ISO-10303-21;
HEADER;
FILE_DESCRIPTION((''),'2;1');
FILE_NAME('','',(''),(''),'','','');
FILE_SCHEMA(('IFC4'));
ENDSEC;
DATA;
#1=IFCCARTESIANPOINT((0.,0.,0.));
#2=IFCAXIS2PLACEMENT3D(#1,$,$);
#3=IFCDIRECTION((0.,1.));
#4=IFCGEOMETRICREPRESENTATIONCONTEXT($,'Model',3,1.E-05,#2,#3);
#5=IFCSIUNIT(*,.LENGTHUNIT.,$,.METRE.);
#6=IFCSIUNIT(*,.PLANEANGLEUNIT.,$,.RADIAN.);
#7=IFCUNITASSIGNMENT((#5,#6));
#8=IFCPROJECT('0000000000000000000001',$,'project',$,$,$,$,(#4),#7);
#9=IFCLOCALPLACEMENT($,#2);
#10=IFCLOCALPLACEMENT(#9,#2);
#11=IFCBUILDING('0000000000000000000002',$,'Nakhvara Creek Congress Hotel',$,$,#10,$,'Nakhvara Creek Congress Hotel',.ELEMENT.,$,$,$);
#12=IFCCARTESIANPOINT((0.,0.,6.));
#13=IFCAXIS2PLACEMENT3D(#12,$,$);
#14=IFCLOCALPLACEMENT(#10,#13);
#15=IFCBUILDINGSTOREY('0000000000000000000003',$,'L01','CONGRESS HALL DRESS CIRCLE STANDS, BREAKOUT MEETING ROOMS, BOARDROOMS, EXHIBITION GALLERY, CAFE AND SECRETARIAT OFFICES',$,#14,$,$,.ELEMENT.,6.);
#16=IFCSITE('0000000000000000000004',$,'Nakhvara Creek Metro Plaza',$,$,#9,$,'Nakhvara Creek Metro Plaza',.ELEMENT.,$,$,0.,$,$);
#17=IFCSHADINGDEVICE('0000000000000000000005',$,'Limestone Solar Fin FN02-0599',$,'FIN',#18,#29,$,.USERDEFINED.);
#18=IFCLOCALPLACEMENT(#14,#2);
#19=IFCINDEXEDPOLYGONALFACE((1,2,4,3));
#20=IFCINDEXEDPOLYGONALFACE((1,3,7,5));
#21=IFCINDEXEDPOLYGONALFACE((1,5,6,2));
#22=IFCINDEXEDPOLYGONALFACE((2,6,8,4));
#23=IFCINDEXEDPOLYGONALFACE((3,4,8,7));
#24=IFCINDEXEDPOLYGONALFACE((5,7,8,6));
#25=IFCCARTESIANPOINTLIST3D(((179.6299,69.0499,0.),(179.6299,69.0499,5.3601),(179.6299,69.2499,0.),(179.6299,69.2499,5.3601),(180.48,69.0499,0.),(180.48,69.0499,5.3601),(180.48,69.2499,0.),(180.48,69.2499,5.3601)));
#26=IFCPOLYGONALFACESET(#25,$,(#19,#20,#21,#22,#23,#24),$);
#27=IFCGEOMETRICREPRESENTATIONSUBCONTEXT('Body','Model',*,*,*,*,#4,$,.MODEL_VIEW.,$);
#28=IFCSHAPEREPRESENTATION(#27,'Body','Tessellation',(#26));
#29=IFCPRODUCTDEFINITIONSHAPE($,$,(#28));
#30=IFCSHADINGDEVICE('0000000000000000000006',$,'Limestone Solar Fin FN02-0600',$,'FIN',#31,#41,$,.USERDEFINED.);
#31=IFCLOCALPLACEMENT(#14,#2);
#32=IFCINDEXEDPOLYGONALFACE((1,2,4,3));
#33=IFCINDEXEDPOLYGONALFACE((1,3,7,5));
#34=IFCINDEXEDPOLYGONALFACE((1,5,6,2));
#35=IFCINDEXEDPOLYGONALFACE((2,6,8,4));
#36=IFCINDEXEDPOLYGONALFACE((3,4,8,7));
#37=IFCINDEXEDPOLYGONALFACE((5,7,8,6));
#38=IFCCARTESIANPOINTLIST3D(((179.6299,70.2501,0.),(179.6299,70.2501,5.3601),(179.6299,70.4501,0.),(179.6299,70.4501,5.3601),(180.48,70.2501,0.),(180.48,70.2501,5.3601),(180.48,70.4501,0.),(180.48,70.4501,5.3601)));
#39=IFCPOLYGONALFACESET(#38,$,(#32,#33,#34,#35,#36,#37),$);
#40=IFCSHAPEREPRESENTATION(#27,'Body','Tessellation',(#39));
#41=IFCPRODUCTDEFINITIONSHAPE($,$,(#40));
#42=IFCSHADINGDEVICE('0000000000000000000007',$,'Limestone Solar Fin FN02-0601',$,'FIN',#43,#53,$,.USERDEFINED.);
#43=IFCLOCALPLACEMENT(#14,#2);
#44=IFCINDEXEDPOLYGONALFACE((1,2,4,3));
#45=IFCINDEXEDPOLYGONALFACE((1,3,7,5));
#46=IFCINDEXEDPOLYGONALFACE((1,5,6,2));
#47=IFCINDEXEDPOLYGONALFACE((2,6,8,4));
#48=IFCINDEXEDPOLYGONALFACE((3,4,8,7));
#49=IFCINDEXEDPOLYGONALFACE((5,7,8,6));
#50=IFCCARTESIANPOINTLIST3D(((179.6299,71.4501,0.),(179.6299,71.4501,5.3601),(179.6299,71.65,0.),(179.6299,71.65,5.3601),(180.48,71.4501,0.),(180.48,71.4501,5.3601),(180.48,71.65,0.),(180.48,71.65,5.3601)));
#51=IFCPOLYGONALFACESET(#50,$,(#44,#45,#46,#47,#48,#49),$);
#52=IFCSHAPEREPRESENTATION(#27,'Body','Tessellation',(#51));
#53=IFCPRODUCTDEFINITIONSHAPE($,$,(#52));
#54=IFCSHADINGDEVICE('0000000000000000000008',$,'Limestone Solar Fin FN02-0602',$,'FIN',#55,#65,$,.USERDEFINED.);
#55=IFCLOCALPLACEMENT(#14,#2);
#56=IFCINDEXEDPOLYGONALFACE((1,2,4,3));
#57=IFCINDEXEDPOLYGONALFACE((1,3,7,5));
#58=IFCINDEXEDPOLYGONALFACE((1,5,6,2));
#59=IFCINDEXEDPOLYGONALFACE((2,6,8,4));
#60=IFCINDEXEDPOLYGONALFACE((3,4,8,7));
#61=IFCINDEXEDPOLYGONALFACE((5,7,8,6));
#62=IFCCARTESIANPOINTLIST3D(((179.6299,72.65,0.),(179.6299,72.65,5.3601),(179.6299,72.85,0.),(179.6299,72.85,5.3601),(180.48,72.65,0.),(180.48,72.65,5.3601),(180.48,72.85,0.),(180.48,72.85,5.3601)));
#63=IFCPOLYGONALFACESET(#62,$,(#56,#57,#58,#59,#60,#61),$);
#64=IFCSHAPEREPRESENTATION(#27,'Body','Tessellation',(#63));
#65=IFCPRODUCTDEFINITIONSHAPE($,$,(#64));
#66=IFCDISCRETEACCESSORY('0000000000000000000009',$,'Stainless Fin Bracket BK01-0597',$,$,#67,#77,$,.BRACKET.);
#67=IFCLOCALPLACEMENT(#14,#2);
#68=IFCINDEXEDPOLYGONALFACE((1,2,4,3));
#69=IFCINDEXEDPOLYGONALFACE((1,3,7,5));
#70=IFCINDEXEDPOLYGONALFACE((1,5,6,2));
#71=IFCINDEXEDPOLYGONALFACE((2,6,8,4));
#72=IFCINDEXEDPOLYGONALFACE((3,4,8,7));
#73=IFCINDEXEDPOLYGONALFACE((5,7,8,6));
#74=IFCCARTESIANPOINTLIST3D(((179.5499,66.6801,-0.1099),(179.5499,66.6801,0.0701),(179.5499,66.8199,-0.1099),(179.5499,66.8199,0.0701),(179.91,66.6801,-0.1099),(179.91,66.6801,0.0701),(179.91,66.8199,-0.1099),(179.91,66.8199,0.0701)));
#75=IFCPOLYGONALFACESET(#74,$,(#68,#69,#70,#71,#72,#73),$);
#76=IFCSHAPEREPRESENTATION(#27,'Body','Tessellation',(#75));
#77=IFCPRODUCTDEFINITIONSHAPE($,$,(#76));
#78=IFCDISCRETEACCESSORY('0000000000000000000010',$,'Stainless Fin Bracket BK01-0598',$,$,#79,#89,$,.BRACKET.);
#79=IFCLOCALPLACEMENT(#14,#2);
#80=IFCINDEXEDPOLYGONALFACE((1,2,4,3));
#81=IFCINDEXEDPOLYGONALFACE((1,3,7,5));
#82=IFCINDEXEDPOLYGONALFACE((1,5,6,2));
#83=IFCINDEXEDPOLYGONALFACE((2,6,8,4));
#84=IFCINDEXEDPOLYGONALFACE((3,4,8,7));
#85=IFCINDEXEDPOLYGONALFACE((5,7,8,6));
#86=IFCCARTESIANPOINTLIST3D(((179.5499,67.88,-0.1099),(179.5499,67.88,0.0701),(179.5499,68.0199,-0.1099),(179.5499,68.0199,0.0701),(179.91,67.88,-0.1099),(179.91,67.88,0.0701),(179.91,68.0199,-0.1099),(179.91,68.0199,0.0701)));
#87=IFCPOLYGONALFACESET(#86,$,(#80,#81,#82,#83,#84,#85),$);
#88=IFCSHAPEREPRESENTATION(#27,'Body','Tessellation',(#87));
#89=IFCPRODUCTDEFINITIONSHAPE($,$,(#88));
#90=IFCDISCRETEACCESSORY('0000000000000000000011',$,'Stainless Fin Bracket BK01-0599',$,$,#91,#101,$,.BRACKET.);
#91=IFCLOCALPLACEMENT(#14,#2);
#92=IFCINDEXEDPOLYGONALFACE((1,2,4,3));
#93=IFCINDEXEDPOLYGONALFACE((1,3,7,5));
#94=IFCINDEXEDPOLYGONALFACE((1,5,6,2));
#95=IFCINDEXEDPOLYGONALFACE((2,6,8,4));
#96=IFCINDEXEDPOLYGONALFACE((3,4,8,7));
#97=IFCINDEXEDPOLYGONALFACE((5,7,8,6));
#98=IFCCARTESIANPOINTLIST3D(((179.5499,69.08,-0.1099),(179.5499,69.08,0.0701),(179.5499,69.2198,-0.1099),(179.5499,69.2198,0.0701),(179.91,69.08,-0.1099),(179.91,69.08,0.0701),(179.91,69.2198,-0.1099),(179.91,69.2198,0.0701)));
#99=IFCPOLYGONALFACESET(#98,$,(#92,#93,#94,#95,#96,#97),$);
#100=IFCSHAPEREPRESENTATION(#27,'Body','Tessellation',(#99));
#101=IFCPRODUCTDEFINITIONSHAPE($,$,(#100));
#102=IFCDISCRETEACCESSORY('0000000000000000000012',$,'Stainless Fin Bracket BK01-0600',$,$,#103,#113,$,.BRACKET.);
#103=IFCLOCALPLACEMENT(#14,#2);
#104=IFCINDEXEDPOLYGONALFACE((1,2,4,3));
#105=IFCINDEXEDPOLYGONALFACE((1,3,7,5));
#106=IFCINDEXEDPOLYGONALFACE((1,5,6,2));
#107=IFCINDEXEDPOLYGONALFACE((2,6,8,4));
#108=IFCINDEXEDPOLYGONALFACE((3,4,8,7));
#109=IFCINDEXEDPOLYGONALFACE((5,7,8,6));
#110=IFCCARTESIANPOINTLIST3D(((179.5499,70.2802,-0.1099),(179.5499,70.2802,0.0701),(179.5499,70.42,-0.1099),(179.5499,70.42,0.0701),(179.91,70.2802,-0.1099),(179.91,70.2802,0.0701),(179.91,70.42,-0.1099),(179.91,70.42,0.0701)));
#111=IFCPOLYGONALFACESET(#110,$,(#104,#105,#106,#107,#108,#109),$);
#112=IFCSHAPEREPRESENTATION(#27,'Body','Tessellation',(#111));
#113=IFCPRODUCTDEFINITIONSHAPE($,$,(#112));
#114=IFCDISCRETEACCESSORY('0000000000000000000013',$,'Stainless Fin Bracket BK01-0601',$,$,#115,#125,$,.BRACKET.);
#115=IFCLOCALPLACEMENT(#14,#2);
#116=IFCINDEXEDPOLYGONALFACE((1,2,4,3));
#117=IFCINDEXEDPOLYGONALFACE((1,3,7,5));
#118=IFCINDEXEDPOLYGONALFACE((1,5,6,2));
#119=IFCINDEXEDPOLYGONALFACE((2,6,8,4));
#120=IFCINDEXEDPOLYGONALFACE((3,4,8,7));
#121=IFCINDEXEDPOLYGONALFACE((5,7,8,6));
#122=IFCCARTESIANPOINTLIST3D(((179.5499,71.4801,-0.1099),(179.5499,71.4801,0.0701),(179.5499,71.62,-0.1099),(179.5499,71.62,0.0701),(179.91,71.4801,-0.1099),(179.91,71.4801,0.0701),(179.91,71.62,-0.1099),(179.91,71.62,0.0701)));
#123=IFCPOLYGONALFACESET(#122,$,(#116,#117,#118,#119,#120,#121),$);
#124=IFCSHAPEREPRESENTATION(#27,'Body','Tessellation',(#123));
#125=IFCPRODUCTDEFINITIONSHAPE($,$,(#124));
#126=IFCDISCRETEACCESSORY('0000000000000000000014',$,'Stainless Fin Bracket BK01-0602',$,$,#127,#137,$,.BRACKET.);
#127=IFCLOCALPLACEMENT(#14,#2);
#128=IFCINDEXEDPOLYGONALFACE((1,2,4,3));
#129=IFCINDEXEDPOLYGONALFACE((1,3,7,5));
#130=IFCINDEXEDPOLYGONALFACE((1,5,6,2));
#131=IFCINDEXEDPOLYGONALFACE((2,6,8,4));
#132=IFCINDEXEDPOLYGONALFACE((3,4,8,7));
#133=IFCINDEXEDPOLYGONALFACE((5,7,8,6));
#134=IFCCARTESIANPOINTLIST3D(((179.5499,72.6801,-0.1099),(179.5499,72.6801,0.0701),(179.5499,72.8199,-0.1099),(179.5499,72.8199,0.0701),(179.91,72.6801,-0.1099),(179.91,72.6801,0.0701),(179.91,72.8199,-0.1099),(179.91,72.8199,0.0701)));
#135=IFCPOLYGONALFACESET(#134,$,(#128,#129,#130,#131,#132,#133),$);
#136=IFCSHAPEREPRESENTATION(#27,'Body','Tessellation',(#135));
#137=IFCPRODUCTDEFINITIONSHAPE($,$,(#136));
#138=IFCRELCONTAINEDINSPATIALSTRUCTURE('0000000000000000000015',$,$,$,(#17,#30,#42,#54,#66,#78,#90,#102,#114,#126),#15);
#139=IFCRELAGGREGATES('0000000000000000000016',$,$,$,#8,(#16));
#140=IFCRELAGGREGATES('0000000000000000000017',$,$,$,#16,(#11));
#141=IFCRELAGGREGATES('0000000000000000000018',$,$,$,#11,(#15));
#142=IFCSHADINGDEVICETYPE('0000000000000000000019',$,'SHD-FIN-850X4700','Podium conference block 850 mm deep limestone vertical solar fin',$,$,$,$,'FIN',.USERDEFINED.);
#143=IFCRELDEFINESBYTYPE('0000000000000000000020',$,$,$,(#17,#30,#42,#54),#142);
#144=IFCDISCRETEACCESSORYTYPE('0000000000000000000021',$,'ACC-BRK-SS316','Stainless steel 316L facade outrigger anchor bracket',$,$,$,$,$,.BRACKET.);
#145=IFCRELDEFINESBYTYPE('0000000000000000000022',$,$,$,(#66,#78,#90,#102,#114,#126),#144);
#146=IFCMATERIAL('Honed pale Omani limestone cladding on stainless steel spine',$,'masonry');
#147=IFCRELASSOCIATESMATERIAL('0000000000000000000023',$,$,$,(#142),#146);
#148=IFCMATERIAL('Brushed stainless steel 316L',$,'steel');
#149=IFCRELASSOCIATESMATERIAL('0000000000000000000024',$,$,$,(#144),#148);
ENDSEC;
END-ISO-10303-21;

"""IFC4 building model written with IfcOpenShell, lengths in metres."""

from ifc_helpers import new_model, si_unit, direction, frame, origin, origin_2d, place, context, subcontext, project, spatial, rectangle, extrude, material, type_object, element, save


model = new_model("IFC4")

# Units and contexts
model_context = context("Model", 3, precision=1e-05, world=origin(), true_north=direction((0.0, 1.0)))
body_context = subcontext(model_context, "Body", "Model", "MODEL_VIEW")
ifc_project = project(units=[si_unit("LENGTHUNIT", "METRE"), si_unit("PLANEANGLEUNIT", "RADIAN")], contexts=[model_context])

# Site, building, storey
site_placement = place(None, origin())
site = spatial("IfcSite", under=ifc_project, at=site_placement, Name="Nakhvara Creek Metro Plaza", LongName="Nakhvara Creek Metro Plaza", CompositionType="ELEMENT", RefElevation=0.0)
building_placement = place(site_placement, origin())
building = spatial("IfcBuilding", under=site, at=building_placement, Name="Nakhvara Creek Congress Hotel", LongName="Nakhvara Creek Congress Hotel", CompositionType="ELEMENT")
storey_placement = place(building_placement, frame((0.0, 0.0, 6.0)))
storey = spatial("IfcBuildingStorey", under=building, at=storey_placement, Name="L01", Description="CONGRESS HALL DRESS CIRCLE STANDS, BREAKOUT MEETING ROOMS, BOARDROOMS, EXHIBITION GALLERY, CAFE AND SECRETARIAT OFFICES", CompositionType="ELEMENT", Elevation=6.0)

# Shading devices
ifc_material_1 = material(Name="Honed pale Omani limestone cladding on stainless steel spine", Category="masonry")
shading_device_type = type_object("IfcShadingDeviceType", Name="SHD-FIN-850X4700", Description="Podium conference block 850 mm deep limestone vertical solar fin", ElementType="FIN", PredefinedType="USERDEFINED", material=ifc_material_1)
for number, where, z_axis, x_axis, name in (
    (1, (180.0549, 69.1499, 0.0), (0.0, 0.0, 1.0), (0.0, 1.0, 0.0), "Limestone Solar Fin FN02-0599"),
    (2, (180.0549, 70.3501, 0.0), (0.0, 0.0, 1.0), (0.0, 1.0, 0.0), "Limestone Solar Fin FN02-0600"),
    (3, (180.0549, 71.55, 0.0), (0.0, 0.0, 1.0), (0.0, 1.0, 0.0), "Limestone Solar Fin FN02-0601"),
    (4, (180.0549, 72.75, 0.0), (0.0, 0.0, 1.0), (0.0, 1.0, 0.0), "Limestone Solar Fin FN02-0602"),
):
    element("IfcShadingDevice", number, at=place(storey_placement, frame(where, z_axis=z_axis, x_axis=x_axis)), inside=storey, type_object=shading_device_type, Name=name, ObjectType="FIN", PredefinedType="USERDEFINED", context=body_context, shape_type="SweptSolid", body=[
        extrude(rectangle(XDim=0.2, YDim=0.8501, at=origin_2d()), origin(), (0.0, 0.0, 1.0), 5.3601),
    ])

# Discrete accessories
ifc_material_2 = material(Name="Brushed stainless steel 316L", Category="steel")
discrete_accessory_type = type_object("IfcDiscreteAccessoryType", Name="ACC-BRK-SS316", Description="Stainless steel 316L facade outrigger anchor bracket", PredefinedType="BRACKET", material=ifc_material_2)
for number, where, z_axis, x_axis, name in (
    (5, (179.73, 66.75, -0.1099), (0.0, 0.0, 1.0), (0.0, 1.0, 0.0), "Stainless Fin Bracket BK01-0597"),
    (6, (179.73, 67.95, -0.1099), (0.0, 0.0, 1.0), (0.0, 1.0, 0.0), "Stainless Fin Bracket BK01-0598"),
    (7, (179.73, 69.1499, -0.1099), (0.0, 0.0, 1.0), (0.0, 1.0, 0.0), "Stainless Fin Bracket BK01-0599"),
    (8, (179.73, 70.3501, -0.1099), (0.0, 0.0, 1.0), (0.0, 1.0, 0.0), "Stainless Fin Bracket BK01-0600"),
    (9, (179.73, 71.55, -0.1099), (0.0, 0.0, 1.0), (0.0, 1.0, 0.0), "Stainless Fin Bracket BK01-0601"),
    (10, (179.73, 72.75, -0.1099), (0.0, 0.0, 1.0), (0.0, 1.0, 0.0), "Stainless Fin Bracket BK01-0602"),
):
    element("IfcDiscreteAccessory", number, at=place(storey_placement, frame(where, z_axis=z_axis, x_axis=x_axis)), inside=storey, type_object=discrete_accessory_type, Name=name, PredefinedType="BRACKET", context=body_context, shape_type="SweptSolid", body=[
        extrude(rectangle(XDim=0.1399, YDim=0.3601, at=origin_2d()), origin(), (0.0, 0.0, 1.0), 0.1799),
    ])

save(model, "model.ifc")
